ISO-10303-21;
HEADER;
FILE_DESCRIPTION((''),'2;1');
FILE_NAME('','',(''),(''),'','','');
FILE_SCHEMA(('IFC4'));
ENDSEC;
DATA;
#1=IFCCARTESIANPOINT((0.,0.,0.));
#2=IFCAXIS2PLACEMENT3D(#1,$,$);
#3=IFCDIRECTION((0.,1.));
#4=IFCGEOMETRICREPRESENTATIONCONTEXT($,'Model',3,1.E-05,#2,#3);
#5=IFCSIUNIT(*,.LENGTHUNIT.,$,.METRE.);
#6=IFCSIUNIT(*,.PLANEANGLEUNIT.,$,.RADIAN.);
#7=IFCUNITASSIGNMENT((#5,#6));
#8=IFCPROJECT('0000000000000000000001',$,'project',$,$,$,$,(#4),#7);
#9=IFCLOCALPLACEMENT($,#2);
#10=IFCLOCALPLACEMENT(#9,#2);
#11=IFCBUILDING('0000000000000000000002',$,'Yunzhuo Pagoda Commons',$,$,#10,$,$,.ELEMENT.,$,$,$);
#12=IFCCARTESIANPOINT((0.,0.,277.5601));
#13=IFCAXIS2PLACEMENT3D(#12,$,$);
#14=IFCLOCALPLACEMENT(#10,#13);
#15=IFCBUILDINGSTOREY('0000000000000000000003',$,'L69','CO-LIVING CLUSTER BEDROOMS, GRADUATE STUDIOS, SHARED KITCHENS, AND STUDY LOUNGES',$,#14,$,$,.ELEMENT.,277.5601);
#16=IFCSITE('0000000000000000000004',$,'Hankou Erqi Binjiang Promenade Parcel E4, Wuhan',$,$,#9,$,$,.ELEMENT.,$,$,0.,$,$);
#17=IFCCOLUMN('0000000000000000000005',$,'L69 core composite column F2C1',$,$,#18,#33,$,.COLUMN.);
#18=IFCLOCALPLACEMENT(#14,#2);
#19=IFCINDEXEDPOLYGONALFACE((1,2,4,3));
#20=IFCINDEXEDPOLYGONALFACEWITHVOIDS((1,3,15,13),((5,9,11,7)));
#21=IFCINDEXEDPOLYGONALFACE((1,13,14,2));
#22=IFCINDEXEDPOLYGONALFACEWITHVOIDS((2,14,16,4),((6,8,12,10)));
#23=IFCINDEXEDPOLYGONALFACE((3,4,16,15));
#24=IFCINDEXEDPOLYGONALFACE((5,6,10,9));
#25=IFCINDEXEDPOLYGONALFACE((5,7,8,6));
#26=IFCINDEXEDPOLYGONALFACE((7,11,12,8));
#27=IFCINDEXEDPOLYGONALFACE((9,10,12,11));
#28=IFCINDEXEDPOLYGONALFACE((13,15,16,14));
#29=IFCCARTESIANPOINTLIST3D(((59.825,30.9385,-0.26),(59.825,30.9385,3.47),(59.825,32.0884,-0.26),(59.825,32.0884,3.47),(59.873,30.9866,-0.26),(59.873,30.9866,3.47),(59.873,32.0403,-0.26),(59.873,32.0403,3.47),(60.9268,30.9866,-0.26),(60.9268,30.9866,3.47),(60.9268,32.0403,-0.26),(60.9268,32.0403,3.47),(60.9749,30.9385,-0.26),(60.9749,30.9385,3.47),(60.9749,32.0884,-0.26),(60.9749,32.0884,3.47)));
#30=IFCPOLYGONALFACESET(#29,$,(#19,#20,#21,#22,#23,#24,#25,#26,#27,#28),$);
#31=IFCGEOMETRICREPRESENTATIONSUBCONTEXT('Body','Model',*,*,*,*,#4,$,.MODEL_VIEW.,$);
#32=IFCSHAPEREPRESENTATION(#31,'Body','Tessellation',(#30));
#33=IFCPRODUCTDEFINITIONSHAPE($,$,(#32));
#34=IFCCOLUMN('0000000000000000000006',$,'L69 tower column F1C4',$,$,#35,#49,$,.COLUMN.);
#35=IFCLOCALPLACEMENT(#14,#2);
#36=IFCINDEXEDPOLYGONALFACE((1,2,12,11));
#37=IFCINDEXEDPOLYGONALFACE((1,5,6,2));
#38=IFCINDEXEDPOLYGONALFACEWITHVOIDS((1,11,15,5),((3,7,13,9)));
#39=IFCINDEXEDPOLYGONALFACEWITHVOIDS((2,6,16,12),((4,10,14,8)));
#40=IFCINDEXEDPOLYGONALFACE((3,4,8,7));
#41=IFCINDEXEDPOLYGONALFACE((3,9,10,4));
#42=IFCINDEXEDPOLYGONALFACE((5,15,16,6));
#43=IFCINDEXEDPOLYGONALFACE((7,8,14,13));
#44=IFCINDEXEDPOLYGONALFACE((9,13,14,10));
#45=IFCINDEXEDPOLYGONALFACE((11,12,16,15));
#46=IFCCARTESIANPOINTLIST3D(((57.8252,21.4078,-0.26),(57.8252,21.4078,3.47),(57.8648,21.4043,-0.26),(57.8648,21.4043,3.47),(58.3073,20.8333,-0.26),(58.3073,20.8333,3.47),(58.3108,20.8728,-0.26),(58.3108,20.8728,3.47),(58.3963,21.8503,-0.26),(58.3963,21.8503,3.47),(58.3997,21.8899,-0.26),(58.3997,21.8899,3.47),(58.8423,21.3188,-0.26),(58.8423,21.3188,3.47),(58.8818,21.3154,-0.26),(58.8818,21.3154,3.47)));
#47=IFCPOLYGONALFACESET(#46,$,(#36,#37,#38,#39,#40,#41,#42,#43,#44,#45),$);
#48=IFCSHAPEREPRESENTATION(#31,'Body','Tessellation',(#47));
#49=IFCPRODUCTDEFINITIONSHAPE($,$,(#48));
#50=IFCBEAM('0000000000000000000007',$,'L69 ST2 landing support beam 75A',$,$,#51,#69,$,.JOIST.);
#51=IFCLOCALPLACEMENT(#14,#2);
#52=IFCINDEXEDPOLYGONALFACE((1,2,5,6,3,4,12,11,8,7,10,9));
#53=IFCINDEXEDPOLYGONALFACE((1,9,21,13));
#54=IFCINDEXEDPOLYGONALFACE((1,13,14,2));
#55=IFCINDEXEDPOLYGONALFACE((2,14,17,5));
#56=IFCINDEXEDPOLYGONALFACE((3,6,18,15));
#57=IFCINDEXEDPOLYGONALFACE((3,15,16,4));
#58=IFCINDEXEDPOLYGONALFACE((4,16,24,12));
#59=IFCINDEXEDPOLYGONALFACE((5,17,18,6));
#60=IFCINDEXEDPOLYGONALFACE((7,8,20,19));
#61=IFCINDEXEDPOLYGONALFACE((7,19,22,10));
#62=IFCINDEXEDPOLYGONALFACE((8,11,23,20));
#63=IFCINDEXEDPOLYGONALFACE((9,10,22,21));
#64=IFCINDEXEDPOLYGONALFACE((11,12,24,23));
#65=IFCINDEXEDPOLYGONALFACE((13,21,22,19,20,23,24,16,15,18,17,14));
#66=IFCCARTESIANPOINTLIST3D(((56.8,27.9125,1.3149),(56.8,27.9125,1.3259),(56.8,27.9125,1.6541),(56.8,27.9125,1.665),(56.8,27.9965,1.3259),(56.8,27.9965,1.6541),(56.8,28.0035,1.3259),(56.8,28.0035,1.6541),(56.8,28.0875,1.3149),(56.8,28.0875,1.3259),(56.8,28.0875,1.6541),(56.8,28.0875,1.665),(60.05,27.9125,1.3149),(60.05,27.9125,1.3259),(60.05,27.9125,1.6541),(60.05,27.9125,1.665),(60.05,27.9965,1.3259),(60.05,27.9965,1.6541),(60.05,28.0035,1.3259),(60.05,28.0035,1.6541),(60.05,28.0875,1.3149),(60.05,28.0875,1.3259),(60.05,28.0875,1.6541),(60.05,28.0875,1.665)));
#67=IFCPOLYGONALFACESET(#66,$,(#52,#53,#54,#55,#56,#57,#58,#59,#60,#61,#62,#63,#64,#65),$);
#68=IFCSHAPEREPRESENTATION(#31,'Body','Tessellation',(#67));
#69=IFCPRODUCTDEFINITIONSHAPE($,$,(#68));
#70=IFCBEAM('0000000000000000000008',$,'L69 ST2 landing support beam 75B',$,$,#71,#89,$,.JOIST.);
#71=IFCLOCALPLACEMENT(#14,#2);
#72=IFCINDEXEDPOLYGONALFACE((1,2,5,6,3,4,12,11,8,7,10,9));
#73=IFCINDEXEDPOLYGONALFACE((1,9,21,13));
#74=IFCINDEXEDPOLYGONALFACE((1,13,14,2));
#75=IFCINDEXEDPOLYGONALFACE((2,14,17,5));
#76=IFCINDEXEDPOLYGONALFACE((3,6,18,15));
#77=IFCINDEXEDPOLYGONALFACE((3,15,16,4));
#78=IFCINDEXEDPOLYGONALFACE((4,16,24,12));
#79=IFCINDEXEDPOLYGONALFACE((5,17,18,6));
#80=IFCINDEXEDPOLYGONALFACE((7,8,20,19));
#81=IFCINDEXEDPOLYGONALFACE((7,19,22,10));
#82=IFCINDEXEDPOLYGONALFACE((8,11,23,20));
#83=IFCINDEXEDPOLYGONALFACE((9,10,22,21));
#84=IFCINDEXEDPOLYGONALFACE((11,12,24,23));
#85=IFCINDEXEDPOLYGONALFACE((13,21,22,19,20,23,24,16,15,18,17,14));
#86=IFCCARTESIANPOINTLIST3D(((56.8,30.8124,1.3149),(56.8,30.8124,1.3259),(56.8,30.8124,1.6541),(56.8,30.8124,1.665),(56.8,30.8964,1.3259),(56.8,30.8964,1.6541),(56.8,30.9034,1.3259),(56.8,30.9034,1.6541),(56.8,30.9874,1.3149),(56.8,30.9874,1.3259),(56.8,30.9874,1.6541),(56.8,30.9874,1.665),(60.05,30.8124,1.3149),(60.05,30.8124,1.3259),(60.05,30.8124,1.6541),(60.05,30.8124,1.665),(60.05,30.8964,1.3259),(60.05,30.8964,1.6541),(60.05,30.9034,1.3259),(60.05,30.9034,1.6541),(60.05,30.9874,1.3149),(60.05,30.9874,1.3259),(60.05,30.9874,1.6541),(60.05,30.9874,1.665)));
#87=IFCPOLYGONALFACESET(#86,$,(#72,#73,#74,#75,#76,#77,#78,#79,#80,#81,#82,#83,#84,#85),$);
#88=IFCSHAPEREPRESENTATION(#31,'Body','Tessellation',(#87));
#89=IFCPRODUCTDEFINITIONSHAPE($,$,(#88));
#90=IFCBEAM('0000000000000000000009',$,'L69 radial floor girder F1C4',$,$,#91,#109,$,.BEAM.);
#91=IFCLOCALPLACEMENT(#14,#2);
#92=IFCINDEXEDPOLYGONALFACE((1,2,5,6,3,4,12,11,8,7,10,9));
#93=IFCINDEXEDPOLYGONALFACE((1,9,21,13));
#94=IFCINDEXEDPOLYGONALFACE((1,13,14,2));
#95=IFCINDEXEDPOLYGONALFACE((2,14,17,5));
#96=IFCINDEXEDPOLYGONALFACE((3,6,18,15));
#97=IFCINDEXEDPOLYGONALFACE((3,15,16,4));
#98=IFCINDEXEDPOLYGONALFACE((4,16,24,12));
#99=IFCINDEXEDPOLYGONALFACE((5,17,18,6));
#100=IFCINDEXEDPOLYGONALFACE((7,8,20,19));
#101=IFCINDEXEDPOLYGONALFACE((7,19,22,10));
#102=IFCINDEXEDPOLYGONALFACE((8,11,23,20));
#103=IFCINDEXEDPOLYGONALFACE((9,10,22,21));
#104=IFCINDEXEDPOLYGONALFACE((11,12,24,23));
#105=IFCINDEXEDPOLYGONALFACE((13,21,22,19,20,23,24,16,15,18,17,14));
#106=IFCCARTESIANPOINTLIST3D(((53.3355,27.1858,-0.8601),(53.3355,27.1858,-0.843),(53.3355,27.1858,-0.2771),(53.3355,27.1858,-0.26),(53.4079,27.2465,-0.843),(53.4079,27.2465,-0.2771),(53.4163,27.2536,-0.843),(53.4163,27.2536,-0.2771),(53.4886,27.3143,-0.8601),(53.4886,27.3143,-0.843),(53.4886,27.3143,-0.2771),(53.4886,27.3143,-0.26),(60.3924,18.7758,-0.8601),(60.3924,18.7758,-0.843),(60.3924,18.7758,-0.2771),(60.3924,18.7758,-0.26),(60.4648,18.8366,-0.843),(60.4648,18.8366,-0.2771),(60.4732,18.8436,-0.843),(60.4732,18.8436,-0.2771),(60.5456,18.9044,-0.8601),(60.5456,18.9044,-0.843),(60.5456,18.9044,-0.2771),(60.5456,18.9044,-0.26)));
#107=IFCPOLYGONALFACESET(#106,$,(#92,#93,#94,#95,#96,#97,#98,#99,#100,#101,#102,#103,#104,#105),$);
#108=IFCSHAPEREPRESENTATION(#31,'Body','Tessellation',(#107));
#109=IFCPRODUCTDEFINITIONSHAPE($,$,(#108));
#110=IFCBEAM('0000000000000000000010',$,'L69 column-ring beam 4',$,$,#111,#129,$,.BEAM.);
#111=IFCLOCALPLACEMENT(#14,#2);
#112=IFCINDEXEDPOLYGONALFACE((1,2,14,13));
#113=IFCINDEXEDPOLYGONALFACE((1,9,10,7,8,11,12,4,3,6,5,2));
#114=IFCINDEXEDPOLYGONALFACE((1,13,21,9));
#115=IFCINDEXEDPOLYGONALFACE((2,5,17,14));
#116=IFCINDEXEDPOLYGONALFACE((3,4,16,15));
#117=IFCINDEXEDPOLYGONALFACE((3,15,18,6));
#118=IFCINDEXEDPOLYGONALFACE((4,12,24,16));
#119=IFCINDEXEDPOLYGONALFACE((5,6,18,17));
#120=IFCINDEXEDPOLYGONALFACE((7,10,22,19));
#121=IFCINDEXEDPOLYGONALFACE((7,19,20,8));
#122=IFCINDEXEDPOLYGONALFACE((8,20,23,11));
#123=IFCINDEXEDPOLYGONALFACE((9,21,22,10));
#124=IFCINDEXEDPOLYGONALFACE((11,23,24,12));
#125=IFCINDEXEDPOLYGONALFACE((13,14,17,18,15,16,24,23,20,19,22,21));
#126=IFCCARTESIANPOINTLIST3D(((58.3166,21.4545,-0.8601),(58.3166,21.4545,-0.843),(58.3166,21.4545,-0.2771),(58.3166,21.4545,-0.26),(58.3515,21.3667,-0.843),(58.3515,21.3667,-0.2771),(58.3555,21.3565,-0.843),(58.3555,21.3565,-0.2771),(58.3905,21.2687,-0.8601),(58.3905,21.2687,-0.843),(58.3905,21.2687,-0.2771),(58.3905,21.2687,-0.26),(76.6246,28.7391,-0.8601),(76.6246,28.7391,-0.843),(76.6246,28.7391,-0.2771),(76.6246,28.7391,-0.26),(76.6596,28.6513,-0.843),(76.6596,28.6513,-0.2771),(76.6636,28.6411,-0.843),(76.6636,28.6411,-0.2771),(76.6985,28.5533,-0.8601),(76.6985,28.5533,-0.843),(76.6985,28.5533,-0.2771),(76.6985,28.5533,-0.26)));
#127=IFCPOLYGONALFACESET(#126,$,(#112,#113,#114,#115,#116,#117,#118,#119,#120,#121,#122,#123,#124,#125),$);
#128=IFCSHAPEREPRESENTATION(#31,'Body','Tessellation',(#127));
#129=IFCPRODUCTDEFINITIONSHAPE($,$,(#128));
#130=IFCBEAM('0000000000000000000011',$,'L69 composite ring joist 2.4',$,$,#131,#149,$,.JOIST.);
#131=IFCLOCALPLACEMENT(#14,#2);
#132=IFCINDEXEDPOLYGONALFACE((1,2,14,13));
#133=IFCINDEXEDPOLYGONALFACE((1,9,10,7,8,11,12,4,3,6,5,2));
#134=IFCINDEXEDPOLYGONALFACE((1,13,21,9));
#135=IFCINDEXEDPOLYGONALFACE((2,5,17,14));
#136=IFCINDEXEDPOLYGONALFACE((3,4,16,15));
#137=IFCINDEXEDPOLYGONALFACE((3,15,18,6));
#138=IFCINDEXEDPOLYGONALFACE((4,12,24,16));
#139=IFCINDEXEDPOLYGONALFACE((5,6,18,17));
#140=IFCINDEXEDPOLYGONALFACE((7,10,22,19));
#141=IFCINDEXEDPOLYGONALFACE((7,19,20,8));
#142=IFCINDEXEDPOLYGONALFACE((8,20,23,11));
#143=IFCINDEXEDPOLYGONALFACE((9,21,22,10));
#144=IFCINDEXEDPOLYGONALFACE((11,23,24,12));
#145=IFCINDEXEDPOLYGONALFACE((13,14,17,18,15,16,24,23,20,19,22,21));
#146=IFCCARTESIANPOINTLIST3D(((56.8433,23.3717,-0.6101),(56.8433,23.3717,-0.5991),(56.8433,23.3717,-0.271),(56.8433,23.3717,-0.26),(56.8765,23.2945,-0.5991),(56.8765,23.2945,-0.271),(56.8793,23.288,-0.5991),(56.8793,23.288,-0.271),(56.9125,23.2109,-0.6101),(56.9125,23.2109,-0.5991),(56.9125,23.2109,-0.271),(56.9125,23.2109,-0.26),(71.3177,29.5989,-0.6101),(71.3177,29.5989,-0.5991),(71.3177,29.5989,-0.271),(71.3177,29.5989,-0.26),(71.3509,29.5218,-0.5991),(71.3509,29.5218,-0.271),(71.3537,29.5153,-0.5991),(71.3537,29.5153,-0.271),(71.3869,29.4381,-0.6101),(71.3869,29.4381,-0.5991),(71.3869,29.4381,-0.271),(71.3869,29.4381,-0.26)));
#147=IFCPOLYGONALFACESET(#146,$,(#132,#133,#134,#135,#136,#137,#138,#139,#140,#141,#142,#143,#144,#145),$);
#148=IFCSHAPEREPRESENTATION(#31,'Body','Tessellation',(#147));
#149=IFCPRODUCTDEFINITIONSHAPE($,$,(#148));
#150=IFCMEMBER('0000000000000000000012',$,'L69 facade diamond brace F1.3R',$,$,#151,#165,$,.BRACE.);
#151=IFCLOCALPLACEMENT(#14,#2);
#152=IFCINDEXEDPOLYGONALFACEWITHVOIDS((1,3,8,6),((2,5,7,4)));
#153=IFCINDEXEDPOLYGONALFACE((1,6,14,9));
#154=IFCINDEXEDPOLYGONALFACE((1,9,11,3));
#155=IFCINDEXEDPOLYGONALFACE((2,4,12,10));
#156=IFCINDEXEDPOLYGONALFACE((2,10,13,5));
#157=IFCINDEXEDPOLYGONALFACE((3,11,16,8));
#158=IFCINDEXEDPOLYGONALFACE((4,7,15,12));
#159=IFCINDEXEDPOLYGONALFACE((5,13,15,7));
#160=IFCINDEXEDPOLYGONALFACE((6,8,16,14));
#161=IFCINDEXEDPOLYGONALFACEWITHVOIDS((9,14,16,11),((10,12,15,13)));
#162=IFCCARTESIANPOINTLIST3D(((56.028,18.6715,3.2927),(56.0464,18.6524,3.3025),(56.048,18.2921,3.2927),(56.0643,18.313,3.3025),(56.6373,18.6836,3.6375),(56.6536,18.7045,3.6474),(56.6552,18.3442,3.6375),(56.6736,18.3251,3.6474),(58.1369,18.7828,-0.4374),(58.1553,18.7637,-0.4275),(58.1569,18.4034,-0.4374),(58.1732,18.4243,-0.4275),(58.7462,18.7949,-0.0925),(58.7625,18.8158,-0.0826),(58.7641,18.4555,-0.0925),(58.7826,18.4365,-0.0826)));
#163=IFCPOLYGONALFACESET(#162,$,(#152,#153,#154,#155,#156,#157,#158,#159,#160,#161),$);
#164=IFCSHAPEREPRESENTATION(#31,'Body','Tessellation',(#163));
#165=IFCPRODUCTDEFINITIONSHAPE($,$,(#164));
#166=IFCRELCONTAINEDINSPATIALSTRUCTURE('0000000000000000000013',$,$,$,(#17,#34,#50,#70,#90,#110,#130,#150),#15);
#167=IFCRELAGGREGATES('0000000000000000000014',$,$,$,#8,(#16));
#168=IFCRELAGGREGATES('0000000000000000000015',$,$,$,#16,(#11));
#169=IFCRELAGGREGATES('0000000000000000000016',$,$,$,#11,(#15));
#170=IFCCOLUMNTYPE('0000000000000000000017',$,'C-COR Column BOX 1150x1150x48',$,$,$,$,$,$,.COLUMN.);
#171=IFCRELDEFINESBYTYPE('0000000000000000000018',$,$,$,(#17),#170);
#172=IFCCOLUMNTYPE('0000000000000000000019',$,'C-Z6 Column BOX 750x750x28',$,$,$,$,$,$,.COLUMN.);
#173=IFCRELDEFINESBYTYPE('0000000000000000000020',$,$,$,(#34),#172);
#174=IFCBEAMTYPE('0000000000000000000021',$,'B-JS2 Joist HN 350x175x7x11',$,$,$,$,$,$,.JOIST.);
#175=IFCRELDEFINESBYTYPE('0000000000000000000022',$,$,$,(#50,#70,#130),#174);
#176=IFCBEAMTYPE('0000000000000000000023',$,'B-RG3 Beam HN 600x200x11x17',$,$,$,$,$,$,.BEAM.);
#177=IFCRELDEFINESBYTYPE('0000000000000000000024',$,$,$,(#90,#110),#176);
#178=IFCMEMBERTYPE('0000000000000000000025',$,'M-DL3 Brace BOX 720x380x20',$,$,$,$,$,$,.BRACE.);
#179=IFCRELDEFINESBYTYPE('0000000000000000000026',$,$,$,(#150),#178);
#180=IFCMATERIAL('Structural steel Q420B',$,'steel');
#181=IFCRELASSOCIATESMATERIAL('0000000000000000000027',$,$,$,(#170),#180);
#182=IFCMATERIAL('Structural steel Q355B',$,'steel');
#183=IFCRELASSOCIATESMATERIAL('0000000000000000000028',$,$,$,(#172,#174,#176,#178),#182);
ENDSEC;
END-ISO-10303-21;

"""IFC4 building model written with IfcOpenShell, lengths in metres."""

from ifc_helpers import new_model, si_unit, direction, frame, origin, origin_2d, place, context, subcontext, project, spatial, hollow_rectangle, i_section, extrude, source, transform, mapped, material, material_profile, profile_set, type_object, element, save


model = new_model("IFC4")

# Units and contexts
model_context = context("Model", 3, precision=1e-05, world=origin(), true_north=direction((0.0, 1.0)))
body_context = subcontext(model_context, "Body", "Model", "MODEL_VIEW")
ifc_project = project(units=[si_unit("LENGTHUNIT", "METRE"), si_unit("PLANEANGLEUNIT", "RADIAN")], contexts=[model_context])

# Site, building, storey
site_placement = place(None, origin())
site = spatial("IfcSite", under=ifc_project, at=site_placement, Name="Hankou Erqi Binjiang Promenade Parcel E4, Wuhan", CompositionType="ELEMENT", RefElevation=0.0)
building_placement = place(site_placement, origin())
building = spatial("IfcBuilding", under=site, at=building_placement, Name="Yunzhuo Pagoda Commons", CompositionType="ELEMENT")
storey_placement = place(building_placement, frame((0.0, 0.0, 277.5601)))
storey = spatial("IfcBuildingStorey", under=building, at=storey_placement, Name="L69", Description="CO-LIVING CLUSTER BEDROOMS, GRADUATE STUDIOS, SHARED KITCHENS, AND STUDY LOUNGES", CompositionType="ELEMENT", Elevation=277.5601)

# Columns
ifc_material_1 = material(Name="Structural steel Q420B", Category="steel")
ifc_material_profile_1 = material_profile(ifc_material_1, hollow_rectangle(XDim=1.1499, YDim=1.1499, WallThickness=0.0481, at=origin_2d()), Name="Structural steel Q420B")
ifc_profile_set_1 = profile_set([ifc_material_profile_1], Name="Structural steel Q420B")
column_type_1 = type_object("IfcColumnType", Name="C-COR Column BOX 1150x1150x48", PredefinedType="COLUMN", material=ifc_profile_set_1)
shared_shape_1 = source(origin(), body_context, "Body", "SweptSolid", [
    extrude(hollow_rectangle(XDim=1.1499, YDim=1.1499, WallThickness=0.0481, at=origin_2d()), origin(), (0.0, 0.0, 1.0), 3.73),
])
column_1_placement = place(storey_placement, frame((60.3999, 31.5134, -0.26), z_axis=(0.0, 0.0, 1.0), x_axis=(1.0, 0.0, 0.0)))
element("IfcColumn", 1, at=column_1_placement, inside=storey, type_object=column_type_1, Name="L69 core composite column F2C1", PredefinedType="COLUMN", context=body_context, shape_type="MappedRepresentation", body=[
    mapped(shared_shape_1, transform((0.0, 0.0, 0.0), scale=1.0)),
])
ifc_material_2 = material(Name="Structural steel Q355B", Category="steel")
ifc_material_profile_2 = material_profile(ifc_material_2, hollow_rectangle(XDim=0.75, YDim=0.75, WallThickness=0.0281, at=origin_2d()), Name="Structural steel Q355B")
ifc_profile_set_2 = profile_set([ifc_material_profile_2], Name="Structural steel Q355B")
column_type_2 = type_object("IfcColumnType", Name="C-Z6 Column BOX 750x750x28", PredefinedType="COLUMN", material=ifc_profile_set_2)
shared_shape_2 = source(origin(), body_context, "Body", "SweptSolid", [
    extrude(hollow_rectangle(XDim=0.75, YDim=0.75, WallThickness=0.0281, at=origin_2d()), origin(), (0.0, 0.0, 1.0), 3.73),
])
column_2_placement = place(storey_placement, frame((58.3535, 21.3616, -0.26), z_axis=(0.0, 0.0, 1.0), x_axis=(0.766044, 0.642788, 0.0)))
element("IfcColumn", 2, at=column_2_placement, inside=storey, type_object=column_type_2, Name="L69 tower column F1C4", PredefinedType="COLUMN", context=body_context, shape_type="MappedRepresentation", body=[
    mapped(shared_shape_2, transform((0.0, 0.0, 0.0), scale=1.0)),
])

# Beams
ifc_material_profile_3 = material_profile(ifc_material_2, i_section(OverallWidth=0.175, OverallDepth=0.3501, WebThickness=0.0071, FlangeThickness=0.011, at=origin_2d()), Name="Structural steel Q355B")
ifc_profile_set_3 = profile_set([ifc_material_profile_3], Name="Structural steel Q355B")
beam_type_1 = type_object("IfcBeamType", Name="B-JS2 Joist HN 350x175x7x11", PredefinedType="JOIST", material=ifc_profile_set_3)
shared_shape_3 = source(origin(), body_context, "Body", "SweptSolid", [
    extrude(i_section(OverallWidth=0.175, OverallDepth=0.3501, WebThickness=0.0071, FlangeThickness=0.011, at=origin_2d()), origin(), (0.0, 0.0, 1.0), 3.25),
])
for number, where, z_axis, x_axis, name in (
    (3, (56.8, 28.0, 1.49), (1.0, 0.0, 0.0), (0.0, 1.0, 0.0), "L69 ST2 landing support beam 75A"),
    (4, (56.8, 30.8999, 1.49), (1.0, 0.0, 0.0), (0.0, 1.0, 0.0), "L69 ST2 landing support beam 75B"),
):
    element("IfcBeam", number, at=place(storey_placement, frame(where, z_axis=z_axis, x_axis=x_axis)), inside=storey, type_object=beam_type_1, Name=name, PredefinedType="JOIST", context=body_context, shape_type="MappedRepresentation", body=[
        mapped(shared_shape_3, transform((0.0, 0.0, 0.0), scale=1.0)),
    ])
ifc_material_profile_4 = material_profile(ifc_material_2, i_section(OverallWidth=0.2, OverallDepth=0.6001, WebThickness=0.011, FlangeThickness=0.0171, at=origin_2d()), Name="Structural steel Q355B")
ifc_profile_set_4 = profile_set([ifc_material_profile_4], Name="Structural steel Q355B")
beam_type_2 = type_object("IfcBeamType", Name="B-RG3 Beam HN 600x200x11x17", PredefinedType="BEAM", material=ifc_profile_set_4)
shared_shape_4 = source(origin(), body_context, "Body", "SweptSolid", [
    extrude(i_section(OverallWidth=0.2, OverallDepth=0.6001, WebThickness=0.011, FlangeThickness=0.0171, at=origin_2d()), origin(), (0.0, 0.0, 1.0), 10.9785),
])
beam_1_placement = place(storey_placement, frame((60.469, 18.8401, -0.5601), z_axis=(-0.642795, 0.766039, 0.0), x_axis=(-0.766039, -0.642795, 0.0)))
element("IfcBeam", 5, at=beam_1_placement, inside=storey, type_object=beam_type_2, Name="L69 radial floor girder F1C4", PredefinedType="BEAM", context=body_context, shape_type="MappedRepresentation", body=[
    mapped(shared_shape_4, transform((0.0, 0.0, 0.0), scale=1.0)),
])
shared_shape_5 = source(origin(), body_context, "Body", "SweptSolid", [
    extrude(i_section(OverallWidth=0.2, OverallDepth=0.6001, WebThickness=0.011, FlangeThickness=0.0171, at=origin_2d()), origin(), (0.0, 0.0, 1.0), 19.7041),
])
beam_2_placement = place(storey_placement, frame((58.3535, 21.3616, -0.5601), z_axis=(0.92915, 0.369702, 0.0), x_axis=(-0.369702, 0.92915, 0.0)))
element("IfcBeam", 6, at=beam_2_placement, inside=storey, type_object=beam_type_2, Name="L69 column-ring beam 4", PredefinedType="BEAM", context=body_context, shape_type="MappedRepresentation", body=[
    mapped(shared_shape_5, transform((0.0, 0.0, 0.0), scale=1.0)),
])
shared_shape_6 = source(origin(), body_context, "Body", "SweptSolid", [
    extrude(i_section(OverallWidth=0.175, OverallDepth=0.3501, WebThickness=0.0071, FlangeThickness=0.011, at=origin_2d()), origin(), (0.0, 0.0, 1.0), 15.7571),
])
beam_3_placement = place(storey_placement, frame((56.8779, 23.2913, -0.4351), z_axis=(0.918593, 0.395205, 0.0), x_axis=(-0.395205, 0.918593, 0.0)))
element("IfcBeam", 7, at=beam_3_placement, inside=storey, type_object=beam_type_1, Name="L69 composite ring joist 2.4", PredefinedType="JOIST", context=body_context, shape_type="MappedRepresentation", body=[
    mapped(shared_shape_6, transform((0.0, 0.0, 0.0), scale=1.0)),
])

# Member
ifc_material_profile_5 = material_profile(ifc_material_2, hollow_rectangle(XDim=0.3799, YDim=0.72, WallThickness=0.02, at=origin_2d()), Name="Structural steel Q355B")
ifc_profile_set_5 = profile_set([ifc_material_profile_5], Name="Structural steel Q355B")
member_type_1 = type_object("IfcMemberType", Name="M-DL3 Brace BOX 720x380x20", PredefinedType="BRACE", material=ifc_profile_set_5)
shared_shape_7 = source(origin(), body_context, "Body", "SweptSolid", [
    extrude(hollow_rectangle(XDim=0.3799, YDim=0.72, WallThickness=0.02, at=origin_2d()), origin(), (0.0, 0.0, 1.0), 4.2864),
])
member_1_placement = place(storey_placement, frame((58.4597, 18.6096, -0.26), z_axis=(-0.492004, -0.025973, 0.870205), x_axis=(0.052717, -0.99861, 0.0)))
element("IfcMember", 8, at=member_1_placement, inside=storey, type_object=member_type_1, Name="L69 facade diamond brace F1.3R", PredefinedType="BRACE", context=body_context, shape_type="MappedRepresentation", body=[
    mapped(shared_shape_7, transform((0.0, 0.0, 0.0), scale=1.0)),
])

save(model, "model.ifc")
